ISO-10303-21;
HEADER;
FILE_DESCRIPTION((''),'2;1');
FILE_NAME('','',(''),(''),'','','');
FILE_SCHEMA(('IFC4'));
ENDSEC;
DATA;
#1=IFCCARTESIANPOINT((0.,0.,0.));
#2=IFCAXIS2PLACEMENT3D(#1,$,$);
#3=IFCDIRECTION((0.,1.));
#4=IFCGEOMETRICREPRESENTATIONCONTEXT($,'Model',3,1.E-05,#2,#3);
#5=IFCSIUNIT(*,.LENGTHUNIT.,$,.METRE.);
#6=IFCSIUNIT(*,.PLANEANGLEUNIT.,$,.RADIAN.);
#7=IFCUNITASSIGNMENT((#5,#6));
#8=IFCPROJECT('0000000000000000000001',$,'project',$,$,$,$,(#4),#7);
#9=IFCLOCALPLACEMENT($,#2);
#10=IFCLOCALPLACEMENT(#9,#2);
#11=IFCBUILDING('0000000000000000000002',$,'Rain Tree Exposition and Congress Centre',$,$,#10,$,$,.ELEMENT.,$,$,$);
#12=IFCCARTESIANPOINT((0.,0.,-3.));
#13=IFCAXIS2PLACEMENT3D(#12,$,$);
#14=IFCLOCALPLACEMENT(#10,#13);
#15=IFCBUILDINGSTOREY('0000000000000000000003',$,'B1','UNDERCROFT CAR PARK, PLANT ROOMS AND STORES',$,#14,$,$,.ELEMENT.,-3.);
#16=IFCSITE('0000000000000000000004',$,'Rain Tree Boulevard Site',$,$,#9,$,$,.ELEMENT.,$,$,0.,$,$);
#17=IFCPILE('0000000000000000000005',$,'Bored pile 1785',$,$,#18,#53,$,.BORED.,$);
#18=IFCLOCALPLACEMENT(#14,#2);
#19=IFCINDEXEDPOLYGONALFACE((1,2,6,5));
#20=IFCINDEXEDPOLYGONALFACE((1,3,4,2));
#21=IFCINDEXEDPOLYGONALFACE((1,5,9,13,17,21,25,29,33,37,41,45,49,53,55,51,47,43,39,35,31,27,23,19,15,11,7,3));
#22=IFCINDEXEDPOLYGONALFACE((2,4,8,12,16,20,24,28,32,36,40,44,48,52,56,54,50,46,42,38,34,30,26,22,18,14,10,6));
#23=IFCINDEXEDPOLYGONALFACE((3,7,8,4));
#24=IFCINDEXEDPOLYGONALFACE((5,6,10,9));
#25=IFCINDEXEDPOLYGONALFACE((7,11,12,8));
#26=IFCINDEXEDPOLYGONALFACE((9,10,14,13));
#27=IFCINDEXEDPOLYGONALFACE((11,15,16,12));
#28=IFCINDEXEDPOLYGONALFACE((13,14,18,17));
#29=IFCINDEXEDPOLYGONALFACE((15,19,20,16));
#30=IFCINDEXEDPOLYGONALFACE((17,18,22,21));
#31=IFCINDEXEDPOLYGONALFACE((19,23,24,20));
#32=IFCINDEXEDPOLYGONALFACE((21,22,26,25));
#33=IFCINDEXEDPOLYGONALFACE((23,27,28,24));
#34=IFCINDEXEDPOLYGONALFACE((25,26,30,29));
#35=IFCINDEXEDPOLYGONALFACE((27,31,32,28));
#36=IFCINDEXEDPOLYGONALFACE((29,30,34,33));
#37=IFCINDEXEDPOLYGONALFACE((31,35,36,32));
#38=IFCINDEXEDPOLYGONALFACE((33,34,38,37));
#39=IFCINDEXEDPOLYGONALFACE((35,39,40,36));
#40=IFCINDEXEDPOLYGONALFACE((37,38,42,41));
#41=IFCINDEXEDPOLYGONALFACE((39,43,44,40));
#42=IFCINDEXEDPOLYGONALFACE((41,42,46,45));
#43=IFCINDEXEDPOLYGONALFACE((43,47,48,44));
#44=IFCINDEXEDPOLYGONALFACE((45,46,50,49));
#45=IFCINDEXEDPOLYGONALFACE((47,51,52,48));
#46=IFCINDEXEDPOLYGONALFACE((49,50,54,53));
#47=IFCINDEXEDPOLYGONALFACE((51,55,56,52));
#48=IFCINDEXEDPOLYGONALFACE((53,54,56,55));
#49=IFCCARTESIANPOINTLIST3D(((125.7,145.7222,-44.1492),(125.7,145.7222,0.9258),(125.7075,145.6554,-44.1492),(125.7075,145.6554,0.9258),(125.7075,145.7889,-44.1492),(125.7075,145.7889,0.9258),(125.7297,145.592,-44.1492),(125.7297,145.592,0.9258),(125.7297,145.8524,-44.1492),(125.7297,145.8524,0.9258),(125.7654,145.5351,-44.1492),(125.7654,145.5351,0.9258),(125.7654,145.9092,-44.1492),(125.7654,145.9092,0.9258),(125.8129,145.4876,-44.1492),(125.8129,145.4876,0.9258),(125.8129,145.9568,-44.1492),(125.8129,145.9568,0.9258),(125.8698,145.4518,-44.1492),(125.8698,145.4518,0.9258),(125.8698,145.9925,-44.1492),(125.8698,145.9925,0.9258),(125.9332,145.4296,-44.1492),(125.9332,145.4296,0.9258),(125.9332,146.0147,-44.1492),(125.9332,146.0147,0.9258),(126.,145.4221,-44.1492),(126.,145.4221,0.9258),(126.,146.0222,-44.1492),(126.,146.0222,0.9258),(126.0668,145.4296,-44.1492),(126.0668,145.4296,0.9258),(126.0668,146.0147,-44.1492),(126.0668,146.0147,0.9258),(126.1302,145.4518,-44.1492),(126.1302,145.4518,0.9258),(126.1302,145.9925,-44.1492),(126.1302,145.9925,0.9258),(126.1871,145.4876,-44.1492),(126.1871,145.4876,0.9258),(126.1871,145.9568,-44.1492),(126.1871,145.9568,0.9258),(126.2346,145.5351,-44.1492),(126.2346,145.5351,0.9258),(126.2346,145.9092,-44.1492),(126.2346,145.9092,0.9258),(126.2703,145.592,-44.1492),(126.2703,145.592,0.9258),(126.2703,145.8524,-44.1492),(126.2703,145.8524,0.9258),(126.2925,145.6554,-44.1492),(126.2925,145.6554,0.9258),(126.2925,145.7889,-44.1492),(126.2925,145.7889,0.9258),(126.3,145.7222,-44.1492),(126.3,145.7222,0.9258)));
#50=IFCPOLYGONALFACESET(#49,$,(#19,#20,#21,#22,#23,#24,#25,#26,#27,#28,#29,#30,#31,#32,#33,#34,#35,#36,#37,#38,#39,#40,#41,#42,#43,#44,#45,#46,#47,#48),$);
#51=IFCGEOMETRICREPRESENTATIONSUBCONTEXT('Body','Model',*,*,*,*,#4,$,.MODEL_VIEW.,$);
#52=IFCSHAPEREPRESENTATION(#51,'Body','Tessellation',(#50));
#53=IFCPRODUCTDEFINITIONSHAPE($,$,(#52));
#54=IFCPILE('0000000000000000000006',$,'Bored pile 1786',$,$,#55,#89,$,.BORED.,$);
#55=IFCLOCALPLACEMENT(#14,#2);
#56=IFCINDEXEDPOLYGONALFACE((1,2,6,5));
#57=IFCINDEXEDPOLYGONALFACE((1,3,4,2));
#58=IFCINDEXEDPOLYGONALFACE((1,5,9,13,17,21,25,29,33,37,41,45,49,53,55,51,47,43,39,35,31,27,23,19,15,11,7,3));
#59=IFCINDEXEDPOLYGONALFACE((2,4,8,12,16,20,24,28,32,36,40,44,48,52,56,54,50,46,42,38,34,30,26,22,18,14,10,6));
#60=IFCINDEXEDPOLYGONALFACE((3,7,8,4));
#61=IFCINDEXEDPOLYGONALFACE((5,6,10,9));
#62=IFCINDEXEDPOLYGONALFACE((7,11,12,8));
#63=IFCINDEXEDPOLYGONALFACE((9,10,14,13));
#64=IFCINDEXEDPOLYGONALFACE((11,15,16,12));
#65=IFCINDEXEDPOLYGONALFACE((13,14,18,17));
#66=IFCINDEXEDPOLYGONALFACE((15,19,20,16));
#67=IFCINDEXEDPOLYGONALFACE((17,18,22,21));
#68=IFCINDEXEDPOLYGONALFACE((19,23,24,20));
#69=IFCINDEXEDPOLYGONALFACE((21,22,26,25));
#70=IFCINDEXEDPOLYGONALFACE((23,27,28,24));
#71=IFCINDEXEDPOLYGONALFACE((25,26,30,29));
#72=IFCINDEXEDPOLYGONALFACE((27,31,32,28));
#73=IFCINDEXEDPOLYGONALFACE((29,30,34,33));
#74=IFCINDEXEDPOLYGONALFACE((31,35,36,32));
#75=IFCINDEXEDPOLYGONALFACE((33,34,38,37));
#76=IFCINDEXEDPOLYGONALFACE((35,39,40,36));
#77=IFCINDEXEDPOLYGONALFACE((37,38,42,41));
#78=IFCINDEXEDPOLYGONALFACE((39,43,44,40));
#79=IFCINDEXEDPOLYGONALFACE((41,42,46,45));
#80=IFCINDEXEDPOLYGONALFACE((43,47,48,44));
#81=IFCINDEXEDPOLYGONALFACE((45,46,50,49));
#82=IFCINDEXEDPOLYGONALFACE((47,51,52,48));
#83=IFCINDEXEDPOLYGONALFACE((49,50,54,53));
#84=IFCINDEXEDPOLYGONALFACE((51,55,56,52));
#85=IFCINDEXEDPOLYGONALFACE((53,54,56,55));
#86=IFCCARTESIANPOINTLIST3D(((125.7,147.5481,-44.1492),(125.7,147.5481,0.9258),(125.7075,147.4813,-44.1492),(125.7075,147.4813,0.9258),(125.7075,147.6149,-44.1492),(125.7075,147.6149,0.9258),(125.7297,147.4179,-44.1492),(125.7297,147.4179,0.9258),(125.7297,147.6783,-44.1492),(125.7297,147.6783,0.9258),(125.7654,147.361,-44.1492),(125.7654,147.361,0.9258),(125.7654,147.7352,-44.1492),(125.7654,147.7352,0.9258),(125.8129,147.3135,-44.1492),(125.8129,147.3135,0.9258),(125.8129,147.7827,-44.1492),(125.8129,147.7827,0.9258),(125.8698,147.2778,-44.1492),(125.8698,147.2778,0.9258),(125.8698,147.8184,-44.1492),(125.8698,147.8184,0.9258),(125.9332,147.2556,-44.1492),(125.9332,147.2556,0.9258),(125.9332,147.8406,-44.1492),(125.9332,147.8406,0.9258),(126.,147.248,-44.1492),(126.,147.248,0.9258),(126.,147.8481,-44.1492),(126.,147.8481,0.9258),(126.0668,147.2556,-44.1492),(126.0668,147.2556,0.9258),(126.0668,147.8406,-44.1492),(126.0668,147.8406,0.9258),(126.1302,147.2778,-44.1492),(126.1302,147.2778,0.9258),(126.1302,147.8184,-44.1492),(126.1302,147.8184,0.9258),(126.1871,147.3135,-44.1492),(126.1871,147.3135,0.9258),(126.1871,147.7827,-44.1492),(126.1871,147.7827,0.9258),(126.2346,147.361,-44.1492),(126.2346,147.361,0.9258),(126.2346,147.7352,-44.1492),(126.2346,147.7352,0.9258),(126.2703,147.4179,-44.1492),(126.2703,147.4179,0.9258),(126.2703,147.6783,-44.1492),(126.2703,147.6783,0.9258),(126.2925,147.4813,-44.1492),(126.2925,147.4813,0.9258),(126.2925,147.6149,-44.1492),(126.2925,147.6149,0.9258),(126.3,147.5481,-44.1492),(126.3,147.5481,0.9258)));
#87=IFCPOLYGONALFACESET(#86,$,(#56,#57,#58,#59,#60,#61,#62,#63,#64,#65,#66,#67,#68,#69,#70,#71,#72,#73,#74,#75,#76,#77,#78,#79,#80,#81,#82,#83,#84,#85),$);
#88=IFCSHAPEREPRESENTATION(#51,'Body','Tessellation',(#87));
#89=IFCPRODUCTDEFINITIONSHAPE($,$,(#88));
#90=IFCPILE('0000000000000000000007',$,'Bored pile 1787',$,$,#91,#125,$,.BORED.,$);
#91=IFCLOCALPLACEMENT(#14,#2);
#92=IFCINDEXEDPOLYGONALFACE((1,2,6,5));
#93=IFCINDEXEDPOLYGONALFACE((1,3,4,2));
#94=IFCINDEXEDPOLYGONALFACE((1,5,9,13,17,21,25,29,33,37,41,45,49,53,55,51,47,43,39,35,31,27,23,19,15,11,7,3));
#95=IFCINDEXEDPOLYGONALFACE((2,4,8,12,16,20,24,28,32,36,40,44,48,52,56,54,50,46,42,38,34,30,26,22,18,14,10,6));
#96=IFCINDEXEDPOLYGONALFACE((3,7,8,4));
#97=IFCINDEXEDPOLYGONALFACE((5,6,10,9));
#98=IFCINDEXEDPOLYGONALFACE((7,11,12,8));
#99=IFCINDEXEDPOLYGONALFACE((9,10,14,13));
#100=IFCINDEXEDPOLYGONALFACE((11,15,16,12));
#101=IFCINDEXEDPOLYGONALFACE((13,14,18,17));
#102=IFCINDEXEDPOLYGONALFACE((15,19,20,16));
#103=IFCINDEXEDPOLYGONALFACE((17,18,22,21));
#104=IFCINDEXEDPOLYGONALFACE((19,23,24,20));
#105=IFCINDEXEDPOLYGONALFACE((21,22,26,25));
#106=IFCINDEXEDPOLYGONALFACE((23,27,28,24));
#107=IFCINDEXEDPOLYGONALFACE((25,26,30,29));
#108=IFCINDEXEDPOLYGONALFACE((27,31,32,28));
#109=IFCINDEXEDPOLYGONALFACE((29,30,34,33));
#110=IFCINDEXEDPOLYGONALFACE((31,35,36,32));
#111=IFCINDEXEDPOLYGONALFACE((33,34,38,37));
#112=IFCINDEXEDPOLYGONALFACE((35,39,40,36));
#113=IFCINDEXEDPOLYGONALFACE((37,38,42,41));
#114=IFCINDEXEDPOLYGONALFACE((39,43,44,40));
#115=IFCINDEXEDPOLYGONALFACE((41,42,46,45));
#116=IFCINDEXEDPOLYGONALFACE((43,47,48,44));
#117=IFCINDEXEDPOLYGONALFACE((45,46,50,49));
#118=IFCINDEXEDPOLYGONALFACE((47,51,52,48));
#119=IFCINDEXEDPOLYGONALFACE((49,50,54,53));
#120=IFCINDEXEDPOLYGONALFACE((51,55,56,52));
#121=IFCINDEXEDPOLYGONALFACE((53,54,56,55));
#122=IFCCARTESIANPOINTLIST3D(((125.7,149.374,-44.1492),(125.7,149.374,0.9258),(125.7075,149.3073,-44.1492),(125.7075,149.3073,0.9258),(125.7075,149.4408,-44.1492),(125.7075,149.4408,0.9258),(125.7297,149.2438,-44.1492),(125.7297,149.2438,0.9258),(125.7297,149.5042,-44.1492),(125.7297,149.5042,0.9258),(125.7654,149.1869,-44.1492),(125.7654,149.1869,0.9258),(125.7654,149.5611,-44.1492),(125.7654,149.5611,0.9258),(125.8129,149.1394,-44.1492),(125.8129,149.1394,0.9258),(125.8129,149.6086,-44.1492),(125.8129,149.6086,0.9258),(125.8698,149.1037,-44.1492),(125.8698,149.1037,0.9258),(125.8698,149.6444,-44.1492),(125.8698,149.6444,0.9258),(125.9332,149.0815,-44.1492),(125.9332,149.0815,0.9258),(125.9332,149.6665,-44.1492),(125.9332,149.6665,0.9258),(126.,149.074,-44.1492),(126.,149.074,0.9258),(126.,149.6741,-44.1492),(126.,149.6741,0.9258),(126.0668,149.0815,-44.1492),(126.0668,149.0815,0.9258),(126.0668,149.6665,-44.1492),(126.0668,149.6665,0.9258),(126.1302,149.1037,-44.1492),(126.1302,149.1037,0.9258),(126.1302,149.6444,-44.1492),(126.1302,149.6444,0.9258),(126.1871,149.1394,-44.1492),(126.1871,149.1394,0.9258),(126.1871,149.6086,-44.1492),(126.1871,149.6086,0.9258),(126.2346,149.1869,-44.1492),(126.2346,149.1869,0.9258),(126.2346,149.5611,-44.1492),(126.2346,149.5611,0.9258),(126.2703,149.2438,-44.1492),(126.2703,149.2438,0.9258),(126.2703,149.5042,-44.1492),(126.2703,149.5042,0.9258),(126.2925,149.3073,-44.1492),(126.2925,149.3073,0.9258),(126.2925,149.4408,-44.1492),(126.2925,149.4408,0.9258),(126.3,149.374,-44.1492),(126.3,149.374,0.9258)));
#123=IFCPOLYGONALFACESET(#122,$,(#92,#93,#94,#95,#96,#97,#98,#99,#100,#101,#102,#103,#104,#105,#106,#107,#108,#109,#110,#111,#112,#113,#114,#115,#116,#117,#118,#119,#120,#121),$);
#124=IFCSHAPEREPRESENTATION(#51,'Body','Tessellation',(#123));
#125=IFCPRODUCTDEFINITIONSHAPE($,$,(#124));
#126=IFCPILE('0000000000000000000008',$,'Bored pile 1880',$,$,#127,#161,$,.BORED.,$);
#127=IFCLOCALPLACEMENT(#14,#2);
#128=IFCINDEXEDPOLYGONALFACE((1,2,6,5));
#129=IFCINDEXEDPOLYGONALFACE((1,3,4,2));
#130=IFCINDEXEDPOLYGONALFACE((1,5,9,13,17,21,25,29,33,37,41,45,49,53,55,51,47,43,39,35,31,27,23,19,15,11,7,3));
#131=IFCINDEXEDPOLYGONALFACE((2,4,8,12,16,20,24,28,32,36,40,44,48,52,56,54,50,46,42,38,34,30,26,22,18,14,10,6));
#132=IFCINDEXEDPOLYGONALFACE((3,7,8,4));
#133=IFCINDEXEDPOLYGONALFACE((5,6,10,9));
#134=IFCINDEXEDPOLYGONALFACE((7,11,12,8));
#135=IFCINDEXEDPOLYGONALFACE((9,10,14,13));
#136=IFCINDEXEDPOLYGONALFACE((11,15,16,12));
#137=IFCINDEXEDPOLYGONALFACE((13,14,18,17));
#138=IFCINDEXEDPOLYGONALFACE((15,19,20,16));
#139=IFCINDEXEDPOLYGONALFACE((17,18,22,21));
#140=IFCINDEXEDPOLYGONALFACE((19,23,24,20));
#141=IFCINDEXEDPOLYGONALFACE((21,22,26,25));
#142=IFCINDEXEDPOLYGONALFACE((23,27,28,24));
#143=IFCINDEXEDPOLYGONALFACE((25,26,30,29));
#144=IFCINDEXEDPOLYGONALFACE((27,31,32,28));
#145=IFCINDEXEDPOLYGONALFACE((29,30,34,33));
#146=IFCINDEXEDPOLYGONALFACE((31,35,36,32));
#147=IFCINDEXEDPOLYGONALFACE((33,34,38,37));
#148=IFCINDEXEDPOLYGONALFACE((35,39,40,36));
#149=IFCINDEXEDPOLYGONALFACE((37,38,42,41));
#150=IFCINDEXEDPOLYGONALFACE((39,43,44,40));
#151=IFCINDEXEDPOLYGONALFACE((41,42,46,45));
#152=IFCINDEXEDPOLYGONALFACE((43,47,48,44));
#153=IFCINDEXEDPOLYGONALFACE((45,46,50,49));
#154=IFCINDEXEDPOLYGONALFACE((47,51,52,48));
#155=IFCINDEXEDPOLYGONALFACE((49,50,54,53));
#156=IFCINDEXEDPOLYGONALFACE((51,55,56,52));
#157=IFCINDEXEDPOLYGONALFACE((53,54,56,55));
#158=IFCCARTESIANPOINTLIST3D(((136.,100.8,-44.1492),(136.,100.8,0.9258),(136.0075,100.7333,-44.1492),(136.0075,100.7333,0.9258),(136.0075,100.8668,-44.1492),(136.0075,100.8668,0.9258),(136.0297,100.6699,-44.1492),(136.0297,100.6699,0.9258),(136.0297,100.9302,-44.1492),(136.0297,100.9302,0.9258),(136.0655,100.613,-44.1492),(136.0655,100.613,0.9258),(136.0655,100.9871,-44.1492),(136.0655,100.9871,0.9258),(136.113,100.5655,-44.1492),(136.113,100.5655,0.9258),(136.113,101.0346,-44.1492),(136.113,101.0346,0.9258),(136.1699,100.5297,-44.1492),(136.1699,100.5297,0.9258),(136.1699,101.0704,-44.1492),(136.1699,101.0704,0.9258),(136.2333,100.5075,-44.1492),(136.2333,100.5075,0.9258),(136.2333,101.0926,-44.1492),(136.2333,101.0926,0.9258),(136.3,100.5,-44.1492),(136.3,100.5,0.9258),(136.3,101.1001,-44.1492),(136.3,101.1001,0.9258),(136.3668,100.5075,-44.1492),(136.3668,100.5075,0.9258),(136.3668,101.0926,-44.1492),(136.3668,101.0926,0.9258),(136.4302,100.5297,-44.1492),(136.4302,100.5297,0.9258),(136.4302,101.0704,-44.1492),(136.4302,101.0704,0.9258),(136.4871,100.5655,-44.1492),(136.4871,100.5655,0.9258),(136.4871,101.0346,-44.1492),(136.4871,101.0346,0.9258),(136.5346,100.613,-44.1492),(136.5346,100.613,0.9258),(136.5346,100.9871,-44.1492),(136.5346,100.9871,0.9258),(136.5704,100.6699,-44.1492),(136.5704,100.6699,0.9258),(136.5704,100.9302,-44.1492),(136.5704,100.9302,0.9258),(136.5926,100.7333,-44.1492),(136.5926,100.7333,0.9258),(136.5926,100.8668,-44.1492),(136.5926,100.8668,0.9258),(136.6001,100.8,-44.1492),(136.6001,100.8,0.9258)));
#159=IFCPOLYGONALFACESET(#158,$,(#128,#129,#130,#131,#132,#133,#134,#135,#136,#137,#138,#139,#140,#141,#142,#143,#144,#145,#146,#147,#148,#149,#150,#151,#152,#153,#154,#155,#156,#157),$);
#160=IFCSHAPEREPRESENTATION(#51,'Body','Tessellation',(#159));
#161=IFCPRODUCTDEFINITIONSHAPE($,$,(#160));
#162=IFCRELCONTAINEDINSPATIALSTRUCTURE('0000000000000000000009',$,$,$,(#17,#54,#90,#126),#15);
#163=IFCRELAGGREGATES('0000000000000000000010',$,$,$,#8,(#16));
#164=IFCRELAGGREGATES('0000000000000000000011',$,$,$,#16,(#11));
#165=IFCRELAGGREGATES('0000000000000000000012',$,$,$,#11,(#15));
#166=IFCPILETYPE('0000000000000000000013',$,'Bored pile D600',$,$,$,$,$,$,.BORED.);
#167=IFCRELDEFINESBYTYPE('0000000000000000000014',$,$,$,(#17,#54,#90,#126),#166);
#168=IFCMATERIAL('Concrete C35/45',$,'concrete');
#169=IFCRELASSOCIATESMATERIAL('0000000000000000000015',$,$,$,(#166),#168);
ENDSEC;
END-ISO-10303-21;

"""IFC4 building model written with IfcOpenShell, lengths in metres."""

from ifc_helpers import new_model, si_unit, direction, frame, origin, origin_2d, place, context, subcontext, project, spatial, circle, extrude, material, material_profile, profile_set, type_object, element, save


model = new_model("IFC4")

# Units and contexts
model_context = context("Model", 3, precision=1e-05, world=origin(), true_north=direction((0.0, 1.0)))
body_context = subcontext(model_context, "Body", "Model", "MODEL_VIEW")
ifc_project = project(units=[si_unit("LENGTHUNIT", "METRE"), si_unit("PLANEANGLEUNIT", "RADIAN")], contexts=[model_context])

# Site, building, storey
site_placement = place(None, origin())
site = spatial("IfcSite", under=ifc_project, at=site_placement, Name="Rain Tree Boulevard Site", CompositionType="ELEMENT", RefElevation=0.0)
building_placement = place(site_placement, origin())
building = spatial("IfcBuilding", under=site, at=building_placement, Name="Rain Tree Exposition and Congress Centre", CompositionType="ELEMENT")
storey_placement = place(building_placement, frame((0.0, 0.0, -3.0)))
storey = spatial("IfcBuildingStorey", under=building, at=storey_placement, Name="B1", Description="UNDERCROFT CAR PARK, PLANT ROOMS AND STORES", CompositionType="ELEMENT", Elevation=-3.0)

# Piles
ifc_material_1 = material(Name="Concrete C35/45", Category="concrete")
ifc_material_profile_1 = material_profile(ifc_material_1, circle(Radius=0.3, at=origin_2d()), Name="D600")
ifc_profile_set_1 = profile_set([ifc_material_profile_1], Name="Concrete C35/45")
pile_type_1 = type_object("IfcPileType", Name="Bored pile D600", PredefinedType="BORED", material=ifc_profile_set_1)
for number, where, z_axis, x_axis, name in (
    (1, (126.0, 145.7222, 0.9258), (0.0, 0.0, -1.0), (1.0, 0.0, 0.0), "Bored pile 1785"),
    (2, (126.0, 147.5481, 0.9258), (0.0, 0.0, -1.0), (1.0, 0.0, 0.0), "Bored pile 1786"),
    (3, (126.0, 149.374, 0.9258), (0.0, 0.0, -1.0), (1.0, 0.0, 0.0), "Bored pile 1787"),
    (4, (136.3, 100.8, 0.9258), (0.0, 0.0, -1.0), (1.0, 0.0, 0.0), "Bored pile 1880"),
):
    element("IfcPile", number, at=place(storey_placement, frame(where, z_axis=z_axis, x_axis=x_axis)), inside=storey, type_object=pile_type_1, Name=name, PredefinedType="BORED", context=body_context, shape_type="SweptSolid", body=[
        extrude(circle(Radius=0.3, at=origin_2d()), origin(), (0.0, 0.0, 1.0), 45.075),
    ])

save(model, "model.ifc")
